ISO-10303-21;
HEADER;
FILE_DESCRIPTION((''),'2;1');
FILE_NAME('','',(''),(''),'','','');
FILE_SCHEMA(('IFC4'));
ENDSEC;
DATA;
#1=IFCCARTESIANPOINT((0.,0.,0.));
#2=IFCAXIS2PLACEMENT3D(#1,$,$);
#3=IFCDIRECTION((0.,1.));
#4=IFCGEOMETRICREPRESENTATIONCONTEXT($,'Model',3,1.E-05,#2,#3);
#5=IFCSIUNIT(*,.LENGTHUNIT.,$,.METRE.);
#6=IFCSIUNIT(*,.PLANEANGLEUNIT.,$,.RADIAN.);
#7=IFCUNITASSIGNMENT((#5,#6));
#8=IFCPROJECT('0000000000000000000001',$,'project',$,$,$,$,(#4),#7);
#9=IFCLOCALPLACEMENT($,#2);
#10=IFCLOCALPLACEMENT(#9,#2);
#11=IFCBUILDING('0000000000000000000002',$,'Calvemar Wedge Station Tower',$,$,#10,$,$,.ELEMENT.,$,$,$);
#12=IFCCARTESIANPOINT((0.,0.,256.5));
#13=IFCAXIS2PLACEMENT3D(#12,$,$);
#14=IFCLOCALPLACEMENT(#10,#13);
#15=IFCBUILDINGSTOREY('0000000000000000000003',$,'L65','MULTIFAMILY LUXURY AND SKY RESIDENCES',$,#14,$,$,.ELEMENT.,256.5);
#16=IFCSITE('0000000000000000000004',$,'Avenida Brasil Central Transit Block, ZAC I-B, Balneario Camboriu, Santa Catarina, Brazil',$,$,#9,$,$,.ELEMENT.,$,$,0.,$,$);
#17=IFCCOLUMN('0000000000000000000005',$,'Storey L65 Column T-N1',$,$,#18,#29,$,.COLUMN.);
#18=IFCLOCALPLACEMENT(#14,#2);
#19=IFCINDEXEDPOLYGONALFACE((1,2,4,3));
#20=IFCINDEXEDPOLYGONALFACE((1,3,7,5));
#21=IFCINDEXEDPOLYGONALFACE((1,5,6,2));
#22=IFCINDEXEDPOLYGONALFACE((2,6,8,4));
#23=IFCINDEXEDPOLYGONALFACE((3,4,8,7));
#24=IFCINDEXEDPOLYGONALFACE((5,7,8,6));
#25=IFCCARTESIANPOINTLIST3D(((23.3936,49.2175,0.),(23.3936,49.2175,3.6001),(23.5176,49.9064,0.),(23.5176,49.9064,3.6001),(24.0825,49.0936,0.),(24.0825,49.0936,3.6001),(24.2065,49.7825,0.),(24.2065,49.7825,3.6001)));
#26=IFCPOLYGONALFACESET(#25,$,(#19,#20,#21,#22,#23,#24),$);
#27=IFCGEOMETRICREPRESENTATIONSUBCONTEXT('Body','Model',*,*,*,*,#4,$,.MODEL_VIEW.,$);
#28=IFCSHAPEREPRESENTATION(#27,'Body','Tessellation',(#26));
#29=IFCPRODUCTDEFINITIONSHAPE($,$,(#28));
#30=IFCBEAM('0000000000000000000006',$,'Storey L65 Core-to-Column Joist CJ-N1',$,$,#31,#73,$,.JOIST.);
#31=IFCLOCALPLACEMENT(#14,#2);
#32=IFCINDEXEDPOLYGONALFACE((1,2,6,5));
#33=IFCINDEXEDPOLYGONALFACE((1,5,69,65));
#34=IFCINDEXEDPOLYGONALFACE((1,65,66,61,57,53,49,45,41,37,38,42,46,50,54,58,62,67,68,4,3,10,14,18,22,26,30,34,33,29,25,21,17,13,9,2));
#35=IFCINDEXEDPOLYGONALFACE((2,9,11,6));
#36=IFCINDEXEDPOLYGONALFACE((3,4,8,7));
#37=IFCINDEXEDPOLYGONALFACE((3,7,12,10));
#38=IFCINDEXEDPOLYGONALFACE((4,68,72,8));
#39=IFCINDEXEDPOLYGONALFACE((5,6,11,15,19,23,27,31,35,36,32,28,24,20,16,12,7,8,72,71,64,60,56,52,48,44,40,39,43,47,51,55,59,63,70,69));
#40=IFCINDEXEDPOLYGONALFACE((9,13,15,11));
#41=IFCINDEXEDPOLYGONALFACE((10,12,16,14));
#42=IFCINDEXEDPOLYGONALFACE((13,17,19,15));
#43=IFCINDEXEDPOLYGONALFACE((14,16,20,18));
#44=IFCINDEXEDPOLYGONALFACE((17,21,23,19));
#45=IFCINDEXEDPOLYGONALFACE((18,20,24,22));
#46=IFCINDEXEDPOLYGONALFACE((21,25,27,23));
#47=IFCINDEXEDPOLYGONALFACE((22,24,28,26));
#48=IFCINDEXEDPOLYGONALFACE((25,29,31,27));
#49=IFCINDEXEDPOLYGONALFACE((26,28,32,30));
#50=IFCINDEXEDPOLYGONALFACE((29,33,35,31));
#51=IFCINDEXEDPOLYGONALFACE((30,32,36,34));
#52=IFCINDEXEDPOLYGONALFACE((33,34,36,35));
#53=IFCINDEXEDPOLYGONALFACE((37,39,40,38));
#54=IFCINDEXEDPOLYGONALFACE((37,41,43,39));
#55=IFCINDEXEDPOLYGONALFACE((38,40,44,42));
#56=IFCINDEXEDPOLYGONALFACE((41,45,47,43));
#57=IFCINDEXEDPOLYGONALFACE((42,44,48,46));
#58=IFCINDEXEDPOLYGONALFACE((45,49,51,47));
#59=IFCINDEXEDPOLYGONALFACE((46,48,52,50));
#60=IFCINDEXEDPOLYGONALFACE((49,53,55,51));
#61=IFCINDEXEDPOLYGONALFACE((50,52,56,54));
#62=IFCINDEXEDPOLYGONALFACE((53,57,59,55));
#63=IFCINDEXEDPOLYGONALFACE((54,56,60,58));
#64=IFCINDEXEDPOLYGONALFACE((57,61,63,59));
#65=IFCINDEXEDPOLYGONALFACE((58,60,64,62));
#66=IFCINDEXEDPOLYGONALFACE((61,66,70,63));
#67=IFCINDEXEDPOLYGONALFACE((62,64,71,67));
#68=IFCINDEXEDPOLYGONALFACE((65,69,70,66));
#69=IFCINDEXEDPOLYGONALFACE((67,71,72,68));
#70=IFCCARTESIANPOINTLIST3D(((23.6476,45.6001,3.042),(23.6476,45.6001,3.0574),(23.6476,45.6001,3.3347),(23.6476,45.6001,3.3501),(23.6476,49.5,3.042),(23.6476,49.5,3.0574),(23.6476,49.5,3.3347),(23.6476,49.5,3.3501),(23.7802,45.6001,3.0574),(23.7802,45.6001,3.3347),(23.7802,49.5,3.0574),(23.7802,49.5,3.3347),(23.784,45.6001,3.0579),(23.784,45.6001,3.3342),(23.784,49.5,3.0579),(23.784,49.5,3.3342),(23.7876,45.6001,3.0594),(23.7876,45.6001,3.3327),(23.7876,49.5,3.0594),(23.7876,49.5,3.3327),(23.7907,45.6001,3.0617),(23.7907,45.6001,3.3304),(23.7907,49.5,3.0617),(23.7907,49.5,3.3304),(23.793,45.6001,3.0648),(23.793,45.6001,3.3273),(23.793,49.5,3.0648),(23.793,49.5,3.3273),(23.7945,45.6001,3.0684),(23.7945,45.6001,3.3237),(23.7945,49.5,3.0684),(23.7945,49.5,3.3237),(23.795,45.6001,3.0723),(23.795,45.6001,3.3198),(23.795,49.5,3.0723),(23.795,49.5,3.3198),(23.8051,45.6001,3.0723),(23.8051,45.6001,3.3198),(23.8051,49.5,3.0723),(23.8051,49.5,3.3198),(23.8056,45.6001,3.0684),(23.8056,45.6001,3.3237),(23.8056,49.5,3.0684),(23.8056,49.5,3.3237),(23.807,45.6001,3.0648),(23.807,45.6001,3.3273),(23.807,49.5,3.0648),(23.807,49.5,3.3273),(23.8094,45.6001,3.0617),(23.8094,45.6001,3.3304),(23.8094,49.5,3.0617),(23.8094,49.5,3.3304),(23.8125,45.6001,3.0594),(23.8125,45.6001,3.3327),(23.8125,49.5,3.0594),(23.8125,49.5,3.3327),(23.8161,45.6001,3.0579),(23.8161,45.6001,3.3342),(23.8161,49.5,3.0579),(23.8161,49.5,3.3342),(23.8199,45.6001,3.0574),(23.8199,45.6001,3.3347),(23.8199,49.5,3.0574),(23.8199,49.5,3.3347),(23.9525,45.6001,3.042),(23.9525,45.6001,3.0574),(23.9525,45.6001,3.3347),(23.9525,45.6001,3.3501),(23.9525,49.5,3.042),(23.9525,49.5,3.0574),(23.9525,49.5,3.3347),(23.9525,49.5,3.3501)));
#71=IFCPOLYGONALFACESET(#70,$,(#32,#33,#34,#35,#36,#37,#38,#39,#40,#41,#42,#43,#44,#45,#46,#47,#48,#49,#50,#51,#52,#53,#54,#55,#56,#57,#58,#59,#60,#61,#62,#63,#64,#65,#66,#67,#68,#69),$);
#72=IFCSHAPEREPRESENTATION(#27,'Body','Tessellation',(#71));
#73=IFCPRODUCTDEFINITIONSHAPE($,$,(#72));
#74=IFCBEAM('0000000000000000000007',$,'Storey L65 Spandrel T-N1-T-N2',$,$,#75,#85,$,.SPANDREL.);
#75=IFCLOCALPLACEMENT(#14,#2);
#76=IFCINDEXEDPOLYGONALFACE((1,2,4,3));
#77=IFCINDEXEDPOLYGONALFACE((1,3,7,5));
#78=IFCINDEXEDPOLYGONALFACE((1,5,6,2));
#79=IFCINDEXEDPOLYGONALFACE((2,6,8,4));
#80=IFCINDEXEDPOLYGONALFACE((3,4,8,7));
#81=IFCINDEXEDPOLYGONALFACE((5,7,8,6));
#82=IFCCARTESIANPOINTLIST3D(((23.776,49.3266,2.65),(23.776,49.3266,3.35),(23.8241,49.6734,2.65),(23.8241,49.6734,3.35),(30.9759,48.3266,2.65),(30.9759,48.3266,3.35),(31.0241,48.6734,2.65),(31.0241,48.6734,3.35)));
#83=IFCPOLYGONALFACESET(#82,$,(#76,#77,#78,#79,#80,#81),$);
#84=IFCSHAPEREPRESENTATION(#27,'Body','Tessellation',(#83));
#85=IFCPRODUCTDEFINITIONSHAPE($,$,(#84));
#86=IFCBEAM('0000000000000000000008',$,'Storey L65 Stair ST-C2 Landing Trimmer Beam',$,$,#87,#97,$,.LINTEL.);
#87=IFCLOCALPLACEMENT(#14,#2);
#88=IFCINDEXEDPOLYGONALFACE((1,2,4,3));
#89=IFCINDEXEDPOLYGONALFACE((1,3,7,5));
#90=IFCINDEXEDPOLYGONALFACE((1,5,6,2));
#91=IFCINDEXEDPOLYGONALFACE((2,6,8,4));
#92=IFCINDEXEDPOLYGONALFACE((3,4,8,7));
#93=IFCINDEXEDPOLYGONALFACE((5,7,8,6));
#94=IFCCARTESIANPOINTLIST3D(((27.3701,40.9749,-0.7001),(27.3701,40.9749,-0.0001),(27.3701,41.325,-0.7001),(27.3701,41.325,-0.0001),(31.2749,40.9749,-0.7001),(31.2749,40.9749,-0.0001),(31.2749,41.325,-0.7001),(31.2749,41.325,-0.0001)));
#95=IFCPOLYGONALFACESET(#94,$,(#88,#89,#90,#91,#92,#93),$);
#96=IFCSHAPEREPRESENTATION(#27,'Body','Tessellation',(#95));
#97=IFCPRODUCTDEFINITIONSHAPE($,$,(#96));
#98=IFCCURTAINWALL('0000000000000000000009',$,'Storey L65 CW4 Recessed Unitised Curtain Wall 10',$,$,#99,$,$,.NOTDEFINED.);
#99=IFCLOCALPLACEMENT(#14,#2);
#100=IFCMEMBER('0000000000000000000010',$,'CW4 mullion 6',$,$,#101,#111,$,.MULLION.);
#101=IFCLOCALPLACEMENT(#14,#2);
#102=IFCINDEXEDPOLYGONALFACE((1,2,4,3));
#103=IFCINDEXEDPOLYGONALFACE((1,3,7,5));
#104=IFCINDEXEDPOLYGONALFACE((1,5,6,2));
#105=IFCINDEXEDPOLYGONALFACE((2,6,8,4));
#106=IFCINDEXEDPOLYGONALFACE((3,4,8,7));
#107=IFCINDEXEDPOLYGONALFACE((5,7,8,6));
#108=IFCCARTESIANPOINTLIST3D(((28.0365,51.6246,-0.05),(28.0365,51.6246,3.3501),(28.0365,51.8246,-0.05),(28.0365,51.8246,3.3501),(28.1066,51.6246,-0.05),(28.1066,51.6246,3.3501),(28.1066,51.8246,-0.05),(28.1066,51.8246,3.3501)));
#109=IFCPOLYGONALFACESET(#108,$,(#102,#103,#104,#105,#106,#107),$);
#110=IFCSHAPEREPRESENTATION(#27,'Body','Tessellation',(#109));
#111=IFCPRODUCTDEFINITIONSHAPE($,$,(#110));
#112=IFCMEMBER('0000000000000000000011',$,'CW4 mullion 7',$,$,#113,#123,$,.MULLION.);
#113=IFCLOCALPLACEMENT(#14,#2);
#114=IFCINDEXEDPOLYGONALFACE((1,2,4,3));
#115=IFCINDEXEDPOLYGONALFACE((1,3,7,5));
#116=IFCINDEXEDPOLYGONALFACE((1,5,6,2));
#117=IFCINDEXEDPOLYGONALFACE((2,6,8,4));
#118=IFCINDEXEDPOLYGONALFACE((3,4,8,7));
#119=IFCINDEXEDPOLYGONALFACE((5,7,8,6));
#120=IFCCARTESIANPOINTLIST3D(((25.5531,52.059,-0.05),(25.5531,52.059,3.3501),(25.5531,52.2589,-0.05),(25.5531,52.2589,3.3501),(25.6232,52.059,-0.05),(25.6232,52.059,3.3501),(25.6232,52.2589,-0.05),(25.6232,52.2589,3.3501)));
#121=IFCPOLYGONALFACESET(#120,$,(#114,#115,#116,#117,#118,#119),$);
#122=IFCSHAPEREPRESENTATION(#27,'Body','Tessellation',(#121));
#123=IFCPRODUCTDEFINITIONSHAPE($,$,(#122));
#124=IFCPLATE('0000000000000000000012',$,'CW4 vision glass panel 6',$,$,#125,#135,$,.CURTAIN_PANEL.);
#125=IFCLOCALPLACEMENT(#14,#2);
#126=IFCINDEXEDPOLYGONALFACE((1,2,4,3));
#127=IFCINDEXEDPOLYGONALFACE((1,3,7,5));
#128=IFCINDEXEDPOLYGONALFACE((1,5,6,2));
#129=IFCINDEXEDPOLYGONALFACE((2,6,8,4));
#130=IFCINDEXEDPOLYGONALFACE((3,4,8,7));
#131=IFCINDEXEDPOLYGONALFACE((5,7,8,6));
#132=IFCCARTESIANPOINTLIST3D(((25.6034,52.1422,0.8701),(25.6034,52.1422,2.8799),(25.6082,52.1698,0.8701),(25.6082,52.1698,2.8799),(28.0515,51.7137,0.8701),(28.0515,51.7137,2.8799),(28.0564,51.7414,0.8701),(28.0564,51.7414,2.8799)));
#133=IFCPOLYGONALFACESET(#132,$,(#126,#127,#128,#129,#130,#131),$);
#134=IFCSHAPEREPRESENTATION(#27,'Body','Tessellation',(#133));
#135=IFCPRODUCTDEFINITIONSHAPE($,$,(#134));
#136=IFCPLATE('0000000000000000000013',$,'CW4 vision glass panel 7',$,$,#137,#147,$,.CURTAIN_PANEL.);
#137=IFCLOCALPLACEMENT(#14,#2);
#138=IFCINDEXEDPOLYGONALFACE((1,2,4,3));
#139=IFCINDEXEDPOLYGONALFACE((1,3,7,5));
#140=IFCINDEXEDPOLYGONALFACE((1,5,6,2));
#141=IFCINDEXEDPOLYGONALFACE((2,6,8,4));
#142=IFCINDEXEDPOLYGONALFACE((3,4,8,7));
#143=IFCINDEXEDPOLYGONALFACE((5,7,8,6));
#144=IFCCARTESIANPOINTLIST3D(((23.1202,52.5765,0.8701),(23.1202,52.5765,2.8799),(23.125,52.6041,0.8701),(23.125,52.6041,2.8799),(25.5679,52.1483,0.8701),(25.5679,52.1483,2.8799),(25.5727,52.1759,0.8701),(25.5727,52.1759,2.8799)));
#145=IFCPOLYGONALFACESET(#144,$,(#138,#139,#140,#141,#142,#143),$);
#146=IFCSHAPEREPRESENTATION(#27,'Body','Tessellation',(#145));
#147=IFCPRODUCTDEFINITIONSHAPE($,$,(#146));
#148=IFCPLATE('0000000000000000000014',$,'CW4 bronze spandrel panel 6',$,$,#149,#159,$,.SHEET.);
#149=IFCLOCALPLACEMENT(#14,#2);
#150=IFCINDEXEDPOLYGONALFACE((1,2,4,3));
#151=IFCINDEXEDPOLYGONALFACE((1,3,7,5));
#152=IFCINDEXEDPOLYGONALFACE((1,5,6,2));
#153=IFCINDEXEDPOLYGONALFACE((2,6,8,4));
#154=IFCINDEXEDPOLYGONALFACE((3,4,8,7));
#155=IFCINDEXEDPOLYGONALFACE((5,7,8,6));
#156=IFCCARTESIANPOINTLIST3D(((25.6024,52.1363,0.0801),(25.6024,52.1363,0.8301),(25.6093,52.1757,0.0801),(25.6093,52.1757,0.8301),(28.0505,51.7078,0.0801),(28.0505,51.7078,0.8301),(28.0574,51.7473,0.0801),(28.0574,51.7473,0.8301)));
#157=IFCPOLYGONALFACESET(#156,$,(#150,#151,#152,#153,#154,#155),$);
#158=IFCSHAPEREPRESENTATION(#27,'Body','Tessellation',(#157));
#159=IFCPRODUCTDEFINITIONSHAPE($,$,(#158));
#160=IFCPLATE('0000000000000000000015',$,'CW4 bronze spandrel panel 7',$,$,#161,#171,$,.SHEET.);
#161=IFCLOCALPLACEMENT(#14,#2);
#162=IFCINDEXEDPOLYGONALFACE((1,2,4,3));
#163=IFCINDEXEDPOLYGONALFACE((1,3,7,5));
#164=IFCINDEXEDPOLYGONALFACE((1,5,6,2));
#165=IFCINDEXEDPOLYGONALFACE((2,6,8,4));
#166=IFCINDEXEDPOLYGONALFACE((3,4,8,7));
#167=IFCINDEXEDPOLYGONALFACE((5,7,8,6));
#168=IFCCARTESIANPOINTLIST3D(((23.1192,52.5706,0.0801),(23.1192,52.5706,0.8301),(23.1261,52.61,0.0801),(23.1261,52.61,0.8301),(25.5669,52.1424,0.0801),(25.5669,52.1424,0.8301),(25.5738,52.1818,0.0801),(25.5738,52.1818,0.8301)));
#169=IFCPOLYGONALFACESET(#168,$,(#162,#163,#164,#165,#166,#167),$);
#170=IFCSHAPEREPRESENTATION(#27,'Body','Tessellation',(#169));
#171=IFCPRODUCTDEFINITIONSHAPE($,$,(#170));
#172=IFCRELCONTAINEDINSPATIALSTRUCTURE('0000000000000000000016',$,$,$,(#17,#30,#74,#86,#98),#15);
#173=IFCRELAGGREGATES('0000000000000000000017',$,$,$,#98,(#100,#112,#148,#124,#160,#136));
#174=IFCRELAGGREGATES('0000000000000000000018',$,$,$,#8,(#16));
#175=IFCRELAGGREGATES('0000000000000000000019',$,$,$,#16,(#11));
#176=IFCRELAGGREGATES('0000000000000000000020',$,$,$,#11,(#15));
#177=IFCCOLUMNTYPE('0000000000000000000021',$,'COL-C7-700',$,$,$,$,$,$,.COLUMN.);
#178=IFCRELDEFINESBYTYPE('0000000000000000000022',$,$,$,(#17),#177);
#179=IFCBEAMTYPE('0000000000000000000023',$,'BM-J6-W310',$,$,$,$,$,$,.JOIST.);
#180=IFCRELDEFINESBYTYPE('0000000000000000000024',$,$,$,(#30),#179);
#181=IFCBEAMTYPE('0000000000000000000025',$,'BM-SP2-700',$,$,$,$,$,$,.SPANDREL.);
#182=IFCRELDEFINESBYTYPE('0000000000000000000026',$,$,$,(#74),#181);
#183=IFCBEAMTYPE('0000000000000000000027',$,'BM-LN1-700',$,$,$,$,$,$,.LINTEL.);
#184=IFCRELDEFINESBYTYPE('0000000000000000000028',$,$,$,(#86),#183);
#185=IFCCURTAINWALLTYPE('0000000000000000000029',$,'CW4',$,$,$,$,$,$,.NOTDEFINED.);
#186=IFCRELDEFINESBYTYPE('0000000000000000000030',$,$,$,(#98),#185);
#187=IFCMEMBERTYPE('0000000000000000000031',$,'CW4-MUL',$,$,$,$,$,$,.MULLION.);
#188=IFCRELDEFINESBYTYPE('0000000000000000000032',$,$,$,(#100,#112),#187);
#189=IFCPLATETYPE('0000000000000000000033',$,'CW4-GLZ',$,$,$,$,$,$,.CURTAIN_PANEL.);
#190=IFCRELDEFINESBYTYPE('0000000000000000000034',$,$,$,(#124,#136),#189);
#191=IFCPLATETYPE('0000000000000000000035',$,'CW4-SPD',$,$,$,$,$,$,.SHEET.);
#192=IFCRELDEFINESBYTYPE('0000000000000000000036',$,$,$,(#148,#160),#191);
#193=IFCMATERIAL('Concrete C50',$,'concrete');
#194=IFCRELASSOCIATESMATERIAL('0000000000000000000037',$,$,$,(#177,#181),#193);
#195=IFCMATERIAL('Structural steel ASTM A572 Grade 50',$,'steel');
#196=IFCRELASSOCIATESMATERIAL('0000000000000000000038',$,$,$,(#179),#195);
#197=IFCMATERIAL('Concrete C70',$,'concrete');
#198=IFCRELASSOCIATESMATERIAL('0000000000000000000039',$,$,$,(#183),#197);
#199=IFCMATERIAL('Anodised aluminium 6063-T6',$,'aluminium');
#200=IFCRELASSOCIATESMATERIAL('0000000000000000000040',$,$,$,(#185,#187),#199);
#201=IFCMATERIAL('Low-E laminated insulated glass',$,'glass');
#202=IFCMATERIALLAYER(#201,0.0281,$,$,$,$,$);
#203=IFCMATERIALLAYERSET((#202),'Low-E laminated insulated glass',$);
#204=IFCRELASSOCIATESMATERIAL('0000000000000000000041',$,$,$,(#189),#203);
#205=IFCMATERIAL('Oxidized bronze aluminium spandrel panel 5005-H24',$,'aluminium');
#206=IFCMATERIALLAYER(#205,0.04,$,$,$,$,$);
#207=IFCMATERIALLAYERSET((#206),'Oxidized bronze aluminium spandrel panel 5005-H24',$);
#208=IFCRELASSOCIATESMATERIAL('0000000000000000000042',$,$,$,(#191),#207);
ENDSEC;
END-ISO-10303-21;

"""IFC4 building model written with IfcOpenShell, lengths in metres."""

from ifc_helpers import new_model, si_unit, direction, frame, frame_2d, origin, origin_2d, place, context, subcontext, project, spatial, rectangle, i_section, extrude, source, transform, mapped, material, layer, layer_set, material_profile, profile_set, type_object, element, aggregate, save


model = new_model("IFC4")

# Units and contexts
model_context = context("Model", 3, precision=1e-05, world=origin(), true_north=direction((0.0, 1.0)))
body_context = subcontext(model_context, "Body", "Model", "MODEL_VIEW")
ifc_project = project(units=[si_unit("LENGTHUNIT", "METRE"), si_unit("PLANEANGLEUNIT", "RADIAN")], contexts=[model_context])

# Site, building, storey
site_placement = place(None, origin())
site = spatial("IfcSite", under=ifc_project, at=site_placement, Name="Avenida Brasil Central Transit Block, ZAC I-B, Balneario Camboriu, Santa Catarina, Brazil", CompositionType="ELEMENT", RefElevation=0.0)
building_placement = place(site_placement, origin())
building = spatial("IfcBuilding", under=site, at=building_placement, Name="Calvemar Wedge Station Tower", CompositionType="ELEMENT")
storey_placement = place(building_placement, frame((0.0, 0.0, 256.5)))
storey = spatial("IfcBuildingStorey", under=building, at=storey_placement, Name="L65", Description="MULTIFAMILY LUXURY AND SKY RESIDENCES", CompositionType="ELEMENT", Elevation=256.5)

# Column
ifc_material_1 = material(Name="Concrete C50", Category="concrete")
ifc_material_profile_1 = material_profile(ifc_material_1, rectangle(XDim=0.7, YDim=0.7, at=origin_2d()), Name="RC700x700")
ifc_profile_set_1 = profile_set([ifc_material_profile_1], Name="Concrete C50")
column_type = type_object("IfcColumnType", Name="COL-C7-700", PredefinedType="COLUMN", material=ifc_profile_set_1)
shared_shape_1 = source(origin(), body_context, "Body", "SweptSolid", [
    extrude(rectangle(XDim=0.7, YDim=0.7, at=origin_2d()), origin(), (0.0, 0.0, 1.0), 3.6001),
])
column_placement = place(storey_placement, frame((23.8, 49.5, 0.0), z_axis=(0.0, 0.0, 1.0), x_axis=(0.984196, -0.177085, 0.0)))
element("IfcColumn", 1, at=column_placement, inside=storey, type_object=column_type, Name="Storey L65 Column T-N1", PredefinedType="COLUMN", context=body_context, shape_type="MappedRepresentation", body=[
    mapped(shared_shape_1, transform((0.0, 0.0, 0.0), scale=1.0)),
])

# Beams
ifc_material_2 = material(Name="Structural steel ASTM A572 Grade 50", Category="steel")
ifc_material_profile_2 = material_profile(ifc_material_2, i_section(OverallWidth=0.3049, OverallDepth=0.3081, WebThickness=0.01, FlangeThickness=0.0154, FilletRadius=0.0149, at=origin_2d()), Name="W310x97")
ifc_profile_set_2 = profile_set([ifc_material_profile_2], Name="Structural steel ASTM A572 Grade 50")
beam_type_1 = type_object("IfcBeamType", Name="BM-J6-W310", PredefinedType="JOIST", material=ifc_profile_set_2)
shared_shape_2 = source(origin(), body_context, "Body", "SweptSolid", [
    extrude(i_section(OverallWidth=0.3049, OverallDepth=0.3081, WebThickness=0.01, FlangeThickness=0.0154, FilletRadius=0.0149, at=origin_2d()), origin(), (0.0, 0.0, 1.0), 3.8999),
])
beam_1_placement = place(storey_placement, frame((23.8, 45.6001, 3.196), z_axis=(0.0, 1.0, 0.0), x_axis=(-1.0, 0.0, 0.0)))
element("IfcBeam", 2, at=beam_1_placement, inside=storey, type_object=beam_type_1, Name="Storey L65 Core-to-Column Joist CJ-N1", PredefinedType="JOIST", context=body_context, shape_type="MappedRepresentation", body=[
    mapped(shared_shape_2, transform((0.0, 0.0, 0.0), scale=1.0)),
])
ifc_material_profile_3 = material_profile(ifc_material_1, rectangle(XDim=0.3501, YDim=0.7, at=origin_2d()), Name="RC350x700")
ifc_profile_set_3 = profile_set([ifc_material_profile_3], Name="Concrete C50")
beam_type_2 = type_object("IfcBeamType", Name="BM-SP2-700", PredefinedType="SPANDREL", material=ifc_profile_set_3)
shared_shape_3 = source(origin(), body_context, "Body", "SweptSolid", [
    extrude(rectangle(XDim=0.3501, YDim=0.7, at=origin_2d()), origin(), (0.0, 0.0, 1.0), 7.269),
])
beam_2_placement = place(storey_placement, frame((23.8, 49.5, 3.0), z_axis=(0.990492, -0.137569, 0.0), x_axis=(0.137569, 0.990492, 0.0)))
element("IfcBeam", 3, at=beam_2_placement, inside=storey, type_object=beam_type_2, Name="Storey L65 Spandrel T-N1-T-N2", PredefinedType="SPANDREL", context=body_context, shape_type="MappedRepresentation", body=[
    mapped(shared_shape_3, transform((0.0, 0.0, 0.0), scale=1.0)),
])
ifc_material_3 = material(Name="Concrete C70", Category="concrete")
ifc_material_profile_4 = material_profile(ifc_material_3, rectangle(XDim=0.3501, YDim=0.7, at=origin_2d()), Name="RC350x700")
ifc_profile_set_4 = profile_set([ifc_material_profile_4], Name="Concrete C70")
beam_type_3 = type_object("IfcBeamType", Name="BM-LN1-700", PredefinedType="LINTEL", material=ifc_profile_set_4)
shared_shape_4 = source(origin(), body_context, "Body", "SweptSolid", [
    extrude(rectangle(XDim=0.3501, YDim=0.7, at=origin_2d()), origin(), (0.0, 0.0, 1.0), 3.9048),
])
beam_3_placement = place(storey_placement, frame((27.3701, 41.1499, -0.3501), z_axis=(1.0, 0.0, 0.0), x_axis=(0.0, 1.0, 0.0)))
element("IfcBeam", 4, at=beam_3_placement, inside=storey, type_object=beam_type_3, Name="Storey L65 Stair ST-C2 Landing Trimmer Beam", PredefinedType="LINTEL", context=body_context, shape_type="MappedRepresentation", body=[
    mapped(shared_shape_4, transform((0.0, 0.0, 0.0), scale=1.0)),
])

# Curtain wall, members, plates
ifc_material_4 = material(Name="Anodised aluminium 6063-T6", Category="aluminium")
curtain_wall_type = type_object("IfcCurtainWallType", Name="CW4", PredefinedType="NOTDEFINED", material=ifc_material_4)
curtain_wall_placement = place(storey_placement, origin())
curtain_wall = element("IfcCurtainWall", 5, at=curtain_wall_placement, inside=storey, type_object=curtain_wall_type, Name="Storey L65 CW4 Recessed Unitised Curtain Wall 10", PredefinedType="NOTDEFINED")
ifc_material_profile_5 = material_profile(ifc_material_4, rectangle(XDim=0.0701, YDim=0.2, at=origin_2d()), Name="AL-MUL-70x200")
ifc_profile_set_5 = profile_set([ifc_material_profile_5], Name="Anodised aluminium 6063-T6")
member_type = type_object("IfcMemberType", Name="CW4-MUL", PredefinedType="MULLION", material=ifc_profile_set_5)
shared_shape_5 = source(origin(), body_context, "Body", "SweptSolid", [
    extrude(rectangle(XDim=0.0701, YDim=0.2, at=origin_2d()), origin(), (0.0, 0.0, 1.0), 3.4001),
])
member_1_placement = place(storey_placement, frame((28.0715, 51.7246, -0.05), z_axis=(0.0, 0.0, 1.0), x_axis=(1.0, 0.0, 0.0)))
member_1 = element("IfcMember", 6, at=member_1_placement, type_object=member_type, Name="CW4 mullion 6", PredefinedType="MULLION", context=body_context, shape_type="MappedRepresentation", body=[
    mapped(shared_shape_5, transform((0.0, 0.0, 0.0), scale=1.0)),
])
member_2_placement = place(storey_placement, frame((25.5881, 52.1589, -0.05), z_axis=(0.0, 0.0, 1.0), x_axis=(1.0, 0.0, 0.0)))
member_2 = element("IfcMember", 7, at=member_2_placement, type_object=member_type, Name="CW4 mullion 7", PredefinedType="MULLION", context=body_context, shape_type="MappedRepresentation", body=[
    mapped(shared_shape_5, transform((0.0, 0.0, 0.0), scale=1.0)),
])
ifc_material_5 = material(Name="Low-E laminated insulated glass", Category="glass")
ifc_layer_1 = layer(ifc_material_5, 0.0281)
ifc_layer_set_1 = layer_set([ifc_layer_1], Name="Low-E laminated insulated glass")
plate_type_1 = type_object("IfcPlateType", Name="CW4-GLZ", PredefinedType="CURTAIN_PANEL", material=ifc_layer_set_1)
plate_1_placement = place(storey_placement, frame((28.054, 51.7275, 0.8701), z_axis=(0.0, 0.0, 1.0), x_axis=(-0.985029, 0.17239, 0.0)))
plate_1 = element("IfcPlate", 8, at=plate_1_placement, type_object=plate_type_1, Name="CW4 vision glass panel 6", PredefinedType="CURTAIN_PANEL", context=body_context, shape_type="SweptSolid", body=[
    extrude(rectangle(XDim=2.4854, YDim=0.0281, at=frame_2d((1.2427, 0.0))), origin(), (0.0, 0.0, 1.0), 2.0098),
])
plate_2_placement = place(storey_placement, frame((25.5703, 52.1621, 0.8701), z_axis=(0.0, 0.0, 1.0), x_axis=(-0.98504, 0.172328, 0.0)))
plate_2 = element("IfcPlate", 9, at=plate_2_placement, type_object=plate_type_1, Name="CW4 vision glass panel 7", PredefinedType="CURTAIN_PANEL", context=body_context, shape_type="SweptSolid", body=[
    extrude(rectangle(XDim=2.4849, YDim=0.0281, at=frame_2d((1.2424, 0.0))), origin(), (0.0, 0.0, 1.0), 2.0098),
])
ifc_material_6 = material(Name="Oxidized bronze aluminium spandrel panel 5005-H24", Category="aluminium")
ifc_layer_2 = layer(ifc_material_6, 0.04)
ifc_layer_set_2 = layer_set([ifc_layer_2], Name="Oxidized bronze aluminium spandrel panel 5005-H24")
plate_type_2 = type_object("IfcPlateType", Name="CW4-SPD", PredefinedType="SHEET", material=ifc_layer_set_2)
plate_3_placement = place(storey_placement, frame((28.054, 51.7275, 0.0801), z_axis=(0.0, 0.0, 1.0), x_axis=(-0.985029, 0.17239, 0.0)))
plate_3 = element("IfcPlate", 10, at=plate_3_placement, type_object=plate_type_2, Name="CW4 bronze spandrel panel 6", PredefinedType="SHEET", context=body_context, shape_type="SweptSolid", body=[
    extrude(rectangle(XDim=2.4854, YDim=0.04, at=frame_2d((1.2427, 0.0))), origin(), (0.0, 0.0, 1.0), 0.75),
])
plate_4_placement = place(storey_placement, frame((25.5703, 52.1621, 0.0801), z_axis=(0.0, 0.0, 1.0), x_axis=(-0.98504, 0.172328, 0.0)))
plate_4 = element("IfcPlate", 11, at=plate_4_placement, type_object=plate_type_2, Name="CW4 bronze spandrel panel 7", PredefinedType="SHEET", context=body_context, shape_type="SweptSolid", body=[
    extrude(rectangle(XDim=2.4849, YDim=0.04, at=frame_2d((1.2424, 0.0))), origin(), (0.0, 0.0, 1.0), 0.75),
])
aggregate(curtain_wall, [member_1, member_2, plate_3, plate_1, plate_4, plate_2])

save(model, "model.ifc")
